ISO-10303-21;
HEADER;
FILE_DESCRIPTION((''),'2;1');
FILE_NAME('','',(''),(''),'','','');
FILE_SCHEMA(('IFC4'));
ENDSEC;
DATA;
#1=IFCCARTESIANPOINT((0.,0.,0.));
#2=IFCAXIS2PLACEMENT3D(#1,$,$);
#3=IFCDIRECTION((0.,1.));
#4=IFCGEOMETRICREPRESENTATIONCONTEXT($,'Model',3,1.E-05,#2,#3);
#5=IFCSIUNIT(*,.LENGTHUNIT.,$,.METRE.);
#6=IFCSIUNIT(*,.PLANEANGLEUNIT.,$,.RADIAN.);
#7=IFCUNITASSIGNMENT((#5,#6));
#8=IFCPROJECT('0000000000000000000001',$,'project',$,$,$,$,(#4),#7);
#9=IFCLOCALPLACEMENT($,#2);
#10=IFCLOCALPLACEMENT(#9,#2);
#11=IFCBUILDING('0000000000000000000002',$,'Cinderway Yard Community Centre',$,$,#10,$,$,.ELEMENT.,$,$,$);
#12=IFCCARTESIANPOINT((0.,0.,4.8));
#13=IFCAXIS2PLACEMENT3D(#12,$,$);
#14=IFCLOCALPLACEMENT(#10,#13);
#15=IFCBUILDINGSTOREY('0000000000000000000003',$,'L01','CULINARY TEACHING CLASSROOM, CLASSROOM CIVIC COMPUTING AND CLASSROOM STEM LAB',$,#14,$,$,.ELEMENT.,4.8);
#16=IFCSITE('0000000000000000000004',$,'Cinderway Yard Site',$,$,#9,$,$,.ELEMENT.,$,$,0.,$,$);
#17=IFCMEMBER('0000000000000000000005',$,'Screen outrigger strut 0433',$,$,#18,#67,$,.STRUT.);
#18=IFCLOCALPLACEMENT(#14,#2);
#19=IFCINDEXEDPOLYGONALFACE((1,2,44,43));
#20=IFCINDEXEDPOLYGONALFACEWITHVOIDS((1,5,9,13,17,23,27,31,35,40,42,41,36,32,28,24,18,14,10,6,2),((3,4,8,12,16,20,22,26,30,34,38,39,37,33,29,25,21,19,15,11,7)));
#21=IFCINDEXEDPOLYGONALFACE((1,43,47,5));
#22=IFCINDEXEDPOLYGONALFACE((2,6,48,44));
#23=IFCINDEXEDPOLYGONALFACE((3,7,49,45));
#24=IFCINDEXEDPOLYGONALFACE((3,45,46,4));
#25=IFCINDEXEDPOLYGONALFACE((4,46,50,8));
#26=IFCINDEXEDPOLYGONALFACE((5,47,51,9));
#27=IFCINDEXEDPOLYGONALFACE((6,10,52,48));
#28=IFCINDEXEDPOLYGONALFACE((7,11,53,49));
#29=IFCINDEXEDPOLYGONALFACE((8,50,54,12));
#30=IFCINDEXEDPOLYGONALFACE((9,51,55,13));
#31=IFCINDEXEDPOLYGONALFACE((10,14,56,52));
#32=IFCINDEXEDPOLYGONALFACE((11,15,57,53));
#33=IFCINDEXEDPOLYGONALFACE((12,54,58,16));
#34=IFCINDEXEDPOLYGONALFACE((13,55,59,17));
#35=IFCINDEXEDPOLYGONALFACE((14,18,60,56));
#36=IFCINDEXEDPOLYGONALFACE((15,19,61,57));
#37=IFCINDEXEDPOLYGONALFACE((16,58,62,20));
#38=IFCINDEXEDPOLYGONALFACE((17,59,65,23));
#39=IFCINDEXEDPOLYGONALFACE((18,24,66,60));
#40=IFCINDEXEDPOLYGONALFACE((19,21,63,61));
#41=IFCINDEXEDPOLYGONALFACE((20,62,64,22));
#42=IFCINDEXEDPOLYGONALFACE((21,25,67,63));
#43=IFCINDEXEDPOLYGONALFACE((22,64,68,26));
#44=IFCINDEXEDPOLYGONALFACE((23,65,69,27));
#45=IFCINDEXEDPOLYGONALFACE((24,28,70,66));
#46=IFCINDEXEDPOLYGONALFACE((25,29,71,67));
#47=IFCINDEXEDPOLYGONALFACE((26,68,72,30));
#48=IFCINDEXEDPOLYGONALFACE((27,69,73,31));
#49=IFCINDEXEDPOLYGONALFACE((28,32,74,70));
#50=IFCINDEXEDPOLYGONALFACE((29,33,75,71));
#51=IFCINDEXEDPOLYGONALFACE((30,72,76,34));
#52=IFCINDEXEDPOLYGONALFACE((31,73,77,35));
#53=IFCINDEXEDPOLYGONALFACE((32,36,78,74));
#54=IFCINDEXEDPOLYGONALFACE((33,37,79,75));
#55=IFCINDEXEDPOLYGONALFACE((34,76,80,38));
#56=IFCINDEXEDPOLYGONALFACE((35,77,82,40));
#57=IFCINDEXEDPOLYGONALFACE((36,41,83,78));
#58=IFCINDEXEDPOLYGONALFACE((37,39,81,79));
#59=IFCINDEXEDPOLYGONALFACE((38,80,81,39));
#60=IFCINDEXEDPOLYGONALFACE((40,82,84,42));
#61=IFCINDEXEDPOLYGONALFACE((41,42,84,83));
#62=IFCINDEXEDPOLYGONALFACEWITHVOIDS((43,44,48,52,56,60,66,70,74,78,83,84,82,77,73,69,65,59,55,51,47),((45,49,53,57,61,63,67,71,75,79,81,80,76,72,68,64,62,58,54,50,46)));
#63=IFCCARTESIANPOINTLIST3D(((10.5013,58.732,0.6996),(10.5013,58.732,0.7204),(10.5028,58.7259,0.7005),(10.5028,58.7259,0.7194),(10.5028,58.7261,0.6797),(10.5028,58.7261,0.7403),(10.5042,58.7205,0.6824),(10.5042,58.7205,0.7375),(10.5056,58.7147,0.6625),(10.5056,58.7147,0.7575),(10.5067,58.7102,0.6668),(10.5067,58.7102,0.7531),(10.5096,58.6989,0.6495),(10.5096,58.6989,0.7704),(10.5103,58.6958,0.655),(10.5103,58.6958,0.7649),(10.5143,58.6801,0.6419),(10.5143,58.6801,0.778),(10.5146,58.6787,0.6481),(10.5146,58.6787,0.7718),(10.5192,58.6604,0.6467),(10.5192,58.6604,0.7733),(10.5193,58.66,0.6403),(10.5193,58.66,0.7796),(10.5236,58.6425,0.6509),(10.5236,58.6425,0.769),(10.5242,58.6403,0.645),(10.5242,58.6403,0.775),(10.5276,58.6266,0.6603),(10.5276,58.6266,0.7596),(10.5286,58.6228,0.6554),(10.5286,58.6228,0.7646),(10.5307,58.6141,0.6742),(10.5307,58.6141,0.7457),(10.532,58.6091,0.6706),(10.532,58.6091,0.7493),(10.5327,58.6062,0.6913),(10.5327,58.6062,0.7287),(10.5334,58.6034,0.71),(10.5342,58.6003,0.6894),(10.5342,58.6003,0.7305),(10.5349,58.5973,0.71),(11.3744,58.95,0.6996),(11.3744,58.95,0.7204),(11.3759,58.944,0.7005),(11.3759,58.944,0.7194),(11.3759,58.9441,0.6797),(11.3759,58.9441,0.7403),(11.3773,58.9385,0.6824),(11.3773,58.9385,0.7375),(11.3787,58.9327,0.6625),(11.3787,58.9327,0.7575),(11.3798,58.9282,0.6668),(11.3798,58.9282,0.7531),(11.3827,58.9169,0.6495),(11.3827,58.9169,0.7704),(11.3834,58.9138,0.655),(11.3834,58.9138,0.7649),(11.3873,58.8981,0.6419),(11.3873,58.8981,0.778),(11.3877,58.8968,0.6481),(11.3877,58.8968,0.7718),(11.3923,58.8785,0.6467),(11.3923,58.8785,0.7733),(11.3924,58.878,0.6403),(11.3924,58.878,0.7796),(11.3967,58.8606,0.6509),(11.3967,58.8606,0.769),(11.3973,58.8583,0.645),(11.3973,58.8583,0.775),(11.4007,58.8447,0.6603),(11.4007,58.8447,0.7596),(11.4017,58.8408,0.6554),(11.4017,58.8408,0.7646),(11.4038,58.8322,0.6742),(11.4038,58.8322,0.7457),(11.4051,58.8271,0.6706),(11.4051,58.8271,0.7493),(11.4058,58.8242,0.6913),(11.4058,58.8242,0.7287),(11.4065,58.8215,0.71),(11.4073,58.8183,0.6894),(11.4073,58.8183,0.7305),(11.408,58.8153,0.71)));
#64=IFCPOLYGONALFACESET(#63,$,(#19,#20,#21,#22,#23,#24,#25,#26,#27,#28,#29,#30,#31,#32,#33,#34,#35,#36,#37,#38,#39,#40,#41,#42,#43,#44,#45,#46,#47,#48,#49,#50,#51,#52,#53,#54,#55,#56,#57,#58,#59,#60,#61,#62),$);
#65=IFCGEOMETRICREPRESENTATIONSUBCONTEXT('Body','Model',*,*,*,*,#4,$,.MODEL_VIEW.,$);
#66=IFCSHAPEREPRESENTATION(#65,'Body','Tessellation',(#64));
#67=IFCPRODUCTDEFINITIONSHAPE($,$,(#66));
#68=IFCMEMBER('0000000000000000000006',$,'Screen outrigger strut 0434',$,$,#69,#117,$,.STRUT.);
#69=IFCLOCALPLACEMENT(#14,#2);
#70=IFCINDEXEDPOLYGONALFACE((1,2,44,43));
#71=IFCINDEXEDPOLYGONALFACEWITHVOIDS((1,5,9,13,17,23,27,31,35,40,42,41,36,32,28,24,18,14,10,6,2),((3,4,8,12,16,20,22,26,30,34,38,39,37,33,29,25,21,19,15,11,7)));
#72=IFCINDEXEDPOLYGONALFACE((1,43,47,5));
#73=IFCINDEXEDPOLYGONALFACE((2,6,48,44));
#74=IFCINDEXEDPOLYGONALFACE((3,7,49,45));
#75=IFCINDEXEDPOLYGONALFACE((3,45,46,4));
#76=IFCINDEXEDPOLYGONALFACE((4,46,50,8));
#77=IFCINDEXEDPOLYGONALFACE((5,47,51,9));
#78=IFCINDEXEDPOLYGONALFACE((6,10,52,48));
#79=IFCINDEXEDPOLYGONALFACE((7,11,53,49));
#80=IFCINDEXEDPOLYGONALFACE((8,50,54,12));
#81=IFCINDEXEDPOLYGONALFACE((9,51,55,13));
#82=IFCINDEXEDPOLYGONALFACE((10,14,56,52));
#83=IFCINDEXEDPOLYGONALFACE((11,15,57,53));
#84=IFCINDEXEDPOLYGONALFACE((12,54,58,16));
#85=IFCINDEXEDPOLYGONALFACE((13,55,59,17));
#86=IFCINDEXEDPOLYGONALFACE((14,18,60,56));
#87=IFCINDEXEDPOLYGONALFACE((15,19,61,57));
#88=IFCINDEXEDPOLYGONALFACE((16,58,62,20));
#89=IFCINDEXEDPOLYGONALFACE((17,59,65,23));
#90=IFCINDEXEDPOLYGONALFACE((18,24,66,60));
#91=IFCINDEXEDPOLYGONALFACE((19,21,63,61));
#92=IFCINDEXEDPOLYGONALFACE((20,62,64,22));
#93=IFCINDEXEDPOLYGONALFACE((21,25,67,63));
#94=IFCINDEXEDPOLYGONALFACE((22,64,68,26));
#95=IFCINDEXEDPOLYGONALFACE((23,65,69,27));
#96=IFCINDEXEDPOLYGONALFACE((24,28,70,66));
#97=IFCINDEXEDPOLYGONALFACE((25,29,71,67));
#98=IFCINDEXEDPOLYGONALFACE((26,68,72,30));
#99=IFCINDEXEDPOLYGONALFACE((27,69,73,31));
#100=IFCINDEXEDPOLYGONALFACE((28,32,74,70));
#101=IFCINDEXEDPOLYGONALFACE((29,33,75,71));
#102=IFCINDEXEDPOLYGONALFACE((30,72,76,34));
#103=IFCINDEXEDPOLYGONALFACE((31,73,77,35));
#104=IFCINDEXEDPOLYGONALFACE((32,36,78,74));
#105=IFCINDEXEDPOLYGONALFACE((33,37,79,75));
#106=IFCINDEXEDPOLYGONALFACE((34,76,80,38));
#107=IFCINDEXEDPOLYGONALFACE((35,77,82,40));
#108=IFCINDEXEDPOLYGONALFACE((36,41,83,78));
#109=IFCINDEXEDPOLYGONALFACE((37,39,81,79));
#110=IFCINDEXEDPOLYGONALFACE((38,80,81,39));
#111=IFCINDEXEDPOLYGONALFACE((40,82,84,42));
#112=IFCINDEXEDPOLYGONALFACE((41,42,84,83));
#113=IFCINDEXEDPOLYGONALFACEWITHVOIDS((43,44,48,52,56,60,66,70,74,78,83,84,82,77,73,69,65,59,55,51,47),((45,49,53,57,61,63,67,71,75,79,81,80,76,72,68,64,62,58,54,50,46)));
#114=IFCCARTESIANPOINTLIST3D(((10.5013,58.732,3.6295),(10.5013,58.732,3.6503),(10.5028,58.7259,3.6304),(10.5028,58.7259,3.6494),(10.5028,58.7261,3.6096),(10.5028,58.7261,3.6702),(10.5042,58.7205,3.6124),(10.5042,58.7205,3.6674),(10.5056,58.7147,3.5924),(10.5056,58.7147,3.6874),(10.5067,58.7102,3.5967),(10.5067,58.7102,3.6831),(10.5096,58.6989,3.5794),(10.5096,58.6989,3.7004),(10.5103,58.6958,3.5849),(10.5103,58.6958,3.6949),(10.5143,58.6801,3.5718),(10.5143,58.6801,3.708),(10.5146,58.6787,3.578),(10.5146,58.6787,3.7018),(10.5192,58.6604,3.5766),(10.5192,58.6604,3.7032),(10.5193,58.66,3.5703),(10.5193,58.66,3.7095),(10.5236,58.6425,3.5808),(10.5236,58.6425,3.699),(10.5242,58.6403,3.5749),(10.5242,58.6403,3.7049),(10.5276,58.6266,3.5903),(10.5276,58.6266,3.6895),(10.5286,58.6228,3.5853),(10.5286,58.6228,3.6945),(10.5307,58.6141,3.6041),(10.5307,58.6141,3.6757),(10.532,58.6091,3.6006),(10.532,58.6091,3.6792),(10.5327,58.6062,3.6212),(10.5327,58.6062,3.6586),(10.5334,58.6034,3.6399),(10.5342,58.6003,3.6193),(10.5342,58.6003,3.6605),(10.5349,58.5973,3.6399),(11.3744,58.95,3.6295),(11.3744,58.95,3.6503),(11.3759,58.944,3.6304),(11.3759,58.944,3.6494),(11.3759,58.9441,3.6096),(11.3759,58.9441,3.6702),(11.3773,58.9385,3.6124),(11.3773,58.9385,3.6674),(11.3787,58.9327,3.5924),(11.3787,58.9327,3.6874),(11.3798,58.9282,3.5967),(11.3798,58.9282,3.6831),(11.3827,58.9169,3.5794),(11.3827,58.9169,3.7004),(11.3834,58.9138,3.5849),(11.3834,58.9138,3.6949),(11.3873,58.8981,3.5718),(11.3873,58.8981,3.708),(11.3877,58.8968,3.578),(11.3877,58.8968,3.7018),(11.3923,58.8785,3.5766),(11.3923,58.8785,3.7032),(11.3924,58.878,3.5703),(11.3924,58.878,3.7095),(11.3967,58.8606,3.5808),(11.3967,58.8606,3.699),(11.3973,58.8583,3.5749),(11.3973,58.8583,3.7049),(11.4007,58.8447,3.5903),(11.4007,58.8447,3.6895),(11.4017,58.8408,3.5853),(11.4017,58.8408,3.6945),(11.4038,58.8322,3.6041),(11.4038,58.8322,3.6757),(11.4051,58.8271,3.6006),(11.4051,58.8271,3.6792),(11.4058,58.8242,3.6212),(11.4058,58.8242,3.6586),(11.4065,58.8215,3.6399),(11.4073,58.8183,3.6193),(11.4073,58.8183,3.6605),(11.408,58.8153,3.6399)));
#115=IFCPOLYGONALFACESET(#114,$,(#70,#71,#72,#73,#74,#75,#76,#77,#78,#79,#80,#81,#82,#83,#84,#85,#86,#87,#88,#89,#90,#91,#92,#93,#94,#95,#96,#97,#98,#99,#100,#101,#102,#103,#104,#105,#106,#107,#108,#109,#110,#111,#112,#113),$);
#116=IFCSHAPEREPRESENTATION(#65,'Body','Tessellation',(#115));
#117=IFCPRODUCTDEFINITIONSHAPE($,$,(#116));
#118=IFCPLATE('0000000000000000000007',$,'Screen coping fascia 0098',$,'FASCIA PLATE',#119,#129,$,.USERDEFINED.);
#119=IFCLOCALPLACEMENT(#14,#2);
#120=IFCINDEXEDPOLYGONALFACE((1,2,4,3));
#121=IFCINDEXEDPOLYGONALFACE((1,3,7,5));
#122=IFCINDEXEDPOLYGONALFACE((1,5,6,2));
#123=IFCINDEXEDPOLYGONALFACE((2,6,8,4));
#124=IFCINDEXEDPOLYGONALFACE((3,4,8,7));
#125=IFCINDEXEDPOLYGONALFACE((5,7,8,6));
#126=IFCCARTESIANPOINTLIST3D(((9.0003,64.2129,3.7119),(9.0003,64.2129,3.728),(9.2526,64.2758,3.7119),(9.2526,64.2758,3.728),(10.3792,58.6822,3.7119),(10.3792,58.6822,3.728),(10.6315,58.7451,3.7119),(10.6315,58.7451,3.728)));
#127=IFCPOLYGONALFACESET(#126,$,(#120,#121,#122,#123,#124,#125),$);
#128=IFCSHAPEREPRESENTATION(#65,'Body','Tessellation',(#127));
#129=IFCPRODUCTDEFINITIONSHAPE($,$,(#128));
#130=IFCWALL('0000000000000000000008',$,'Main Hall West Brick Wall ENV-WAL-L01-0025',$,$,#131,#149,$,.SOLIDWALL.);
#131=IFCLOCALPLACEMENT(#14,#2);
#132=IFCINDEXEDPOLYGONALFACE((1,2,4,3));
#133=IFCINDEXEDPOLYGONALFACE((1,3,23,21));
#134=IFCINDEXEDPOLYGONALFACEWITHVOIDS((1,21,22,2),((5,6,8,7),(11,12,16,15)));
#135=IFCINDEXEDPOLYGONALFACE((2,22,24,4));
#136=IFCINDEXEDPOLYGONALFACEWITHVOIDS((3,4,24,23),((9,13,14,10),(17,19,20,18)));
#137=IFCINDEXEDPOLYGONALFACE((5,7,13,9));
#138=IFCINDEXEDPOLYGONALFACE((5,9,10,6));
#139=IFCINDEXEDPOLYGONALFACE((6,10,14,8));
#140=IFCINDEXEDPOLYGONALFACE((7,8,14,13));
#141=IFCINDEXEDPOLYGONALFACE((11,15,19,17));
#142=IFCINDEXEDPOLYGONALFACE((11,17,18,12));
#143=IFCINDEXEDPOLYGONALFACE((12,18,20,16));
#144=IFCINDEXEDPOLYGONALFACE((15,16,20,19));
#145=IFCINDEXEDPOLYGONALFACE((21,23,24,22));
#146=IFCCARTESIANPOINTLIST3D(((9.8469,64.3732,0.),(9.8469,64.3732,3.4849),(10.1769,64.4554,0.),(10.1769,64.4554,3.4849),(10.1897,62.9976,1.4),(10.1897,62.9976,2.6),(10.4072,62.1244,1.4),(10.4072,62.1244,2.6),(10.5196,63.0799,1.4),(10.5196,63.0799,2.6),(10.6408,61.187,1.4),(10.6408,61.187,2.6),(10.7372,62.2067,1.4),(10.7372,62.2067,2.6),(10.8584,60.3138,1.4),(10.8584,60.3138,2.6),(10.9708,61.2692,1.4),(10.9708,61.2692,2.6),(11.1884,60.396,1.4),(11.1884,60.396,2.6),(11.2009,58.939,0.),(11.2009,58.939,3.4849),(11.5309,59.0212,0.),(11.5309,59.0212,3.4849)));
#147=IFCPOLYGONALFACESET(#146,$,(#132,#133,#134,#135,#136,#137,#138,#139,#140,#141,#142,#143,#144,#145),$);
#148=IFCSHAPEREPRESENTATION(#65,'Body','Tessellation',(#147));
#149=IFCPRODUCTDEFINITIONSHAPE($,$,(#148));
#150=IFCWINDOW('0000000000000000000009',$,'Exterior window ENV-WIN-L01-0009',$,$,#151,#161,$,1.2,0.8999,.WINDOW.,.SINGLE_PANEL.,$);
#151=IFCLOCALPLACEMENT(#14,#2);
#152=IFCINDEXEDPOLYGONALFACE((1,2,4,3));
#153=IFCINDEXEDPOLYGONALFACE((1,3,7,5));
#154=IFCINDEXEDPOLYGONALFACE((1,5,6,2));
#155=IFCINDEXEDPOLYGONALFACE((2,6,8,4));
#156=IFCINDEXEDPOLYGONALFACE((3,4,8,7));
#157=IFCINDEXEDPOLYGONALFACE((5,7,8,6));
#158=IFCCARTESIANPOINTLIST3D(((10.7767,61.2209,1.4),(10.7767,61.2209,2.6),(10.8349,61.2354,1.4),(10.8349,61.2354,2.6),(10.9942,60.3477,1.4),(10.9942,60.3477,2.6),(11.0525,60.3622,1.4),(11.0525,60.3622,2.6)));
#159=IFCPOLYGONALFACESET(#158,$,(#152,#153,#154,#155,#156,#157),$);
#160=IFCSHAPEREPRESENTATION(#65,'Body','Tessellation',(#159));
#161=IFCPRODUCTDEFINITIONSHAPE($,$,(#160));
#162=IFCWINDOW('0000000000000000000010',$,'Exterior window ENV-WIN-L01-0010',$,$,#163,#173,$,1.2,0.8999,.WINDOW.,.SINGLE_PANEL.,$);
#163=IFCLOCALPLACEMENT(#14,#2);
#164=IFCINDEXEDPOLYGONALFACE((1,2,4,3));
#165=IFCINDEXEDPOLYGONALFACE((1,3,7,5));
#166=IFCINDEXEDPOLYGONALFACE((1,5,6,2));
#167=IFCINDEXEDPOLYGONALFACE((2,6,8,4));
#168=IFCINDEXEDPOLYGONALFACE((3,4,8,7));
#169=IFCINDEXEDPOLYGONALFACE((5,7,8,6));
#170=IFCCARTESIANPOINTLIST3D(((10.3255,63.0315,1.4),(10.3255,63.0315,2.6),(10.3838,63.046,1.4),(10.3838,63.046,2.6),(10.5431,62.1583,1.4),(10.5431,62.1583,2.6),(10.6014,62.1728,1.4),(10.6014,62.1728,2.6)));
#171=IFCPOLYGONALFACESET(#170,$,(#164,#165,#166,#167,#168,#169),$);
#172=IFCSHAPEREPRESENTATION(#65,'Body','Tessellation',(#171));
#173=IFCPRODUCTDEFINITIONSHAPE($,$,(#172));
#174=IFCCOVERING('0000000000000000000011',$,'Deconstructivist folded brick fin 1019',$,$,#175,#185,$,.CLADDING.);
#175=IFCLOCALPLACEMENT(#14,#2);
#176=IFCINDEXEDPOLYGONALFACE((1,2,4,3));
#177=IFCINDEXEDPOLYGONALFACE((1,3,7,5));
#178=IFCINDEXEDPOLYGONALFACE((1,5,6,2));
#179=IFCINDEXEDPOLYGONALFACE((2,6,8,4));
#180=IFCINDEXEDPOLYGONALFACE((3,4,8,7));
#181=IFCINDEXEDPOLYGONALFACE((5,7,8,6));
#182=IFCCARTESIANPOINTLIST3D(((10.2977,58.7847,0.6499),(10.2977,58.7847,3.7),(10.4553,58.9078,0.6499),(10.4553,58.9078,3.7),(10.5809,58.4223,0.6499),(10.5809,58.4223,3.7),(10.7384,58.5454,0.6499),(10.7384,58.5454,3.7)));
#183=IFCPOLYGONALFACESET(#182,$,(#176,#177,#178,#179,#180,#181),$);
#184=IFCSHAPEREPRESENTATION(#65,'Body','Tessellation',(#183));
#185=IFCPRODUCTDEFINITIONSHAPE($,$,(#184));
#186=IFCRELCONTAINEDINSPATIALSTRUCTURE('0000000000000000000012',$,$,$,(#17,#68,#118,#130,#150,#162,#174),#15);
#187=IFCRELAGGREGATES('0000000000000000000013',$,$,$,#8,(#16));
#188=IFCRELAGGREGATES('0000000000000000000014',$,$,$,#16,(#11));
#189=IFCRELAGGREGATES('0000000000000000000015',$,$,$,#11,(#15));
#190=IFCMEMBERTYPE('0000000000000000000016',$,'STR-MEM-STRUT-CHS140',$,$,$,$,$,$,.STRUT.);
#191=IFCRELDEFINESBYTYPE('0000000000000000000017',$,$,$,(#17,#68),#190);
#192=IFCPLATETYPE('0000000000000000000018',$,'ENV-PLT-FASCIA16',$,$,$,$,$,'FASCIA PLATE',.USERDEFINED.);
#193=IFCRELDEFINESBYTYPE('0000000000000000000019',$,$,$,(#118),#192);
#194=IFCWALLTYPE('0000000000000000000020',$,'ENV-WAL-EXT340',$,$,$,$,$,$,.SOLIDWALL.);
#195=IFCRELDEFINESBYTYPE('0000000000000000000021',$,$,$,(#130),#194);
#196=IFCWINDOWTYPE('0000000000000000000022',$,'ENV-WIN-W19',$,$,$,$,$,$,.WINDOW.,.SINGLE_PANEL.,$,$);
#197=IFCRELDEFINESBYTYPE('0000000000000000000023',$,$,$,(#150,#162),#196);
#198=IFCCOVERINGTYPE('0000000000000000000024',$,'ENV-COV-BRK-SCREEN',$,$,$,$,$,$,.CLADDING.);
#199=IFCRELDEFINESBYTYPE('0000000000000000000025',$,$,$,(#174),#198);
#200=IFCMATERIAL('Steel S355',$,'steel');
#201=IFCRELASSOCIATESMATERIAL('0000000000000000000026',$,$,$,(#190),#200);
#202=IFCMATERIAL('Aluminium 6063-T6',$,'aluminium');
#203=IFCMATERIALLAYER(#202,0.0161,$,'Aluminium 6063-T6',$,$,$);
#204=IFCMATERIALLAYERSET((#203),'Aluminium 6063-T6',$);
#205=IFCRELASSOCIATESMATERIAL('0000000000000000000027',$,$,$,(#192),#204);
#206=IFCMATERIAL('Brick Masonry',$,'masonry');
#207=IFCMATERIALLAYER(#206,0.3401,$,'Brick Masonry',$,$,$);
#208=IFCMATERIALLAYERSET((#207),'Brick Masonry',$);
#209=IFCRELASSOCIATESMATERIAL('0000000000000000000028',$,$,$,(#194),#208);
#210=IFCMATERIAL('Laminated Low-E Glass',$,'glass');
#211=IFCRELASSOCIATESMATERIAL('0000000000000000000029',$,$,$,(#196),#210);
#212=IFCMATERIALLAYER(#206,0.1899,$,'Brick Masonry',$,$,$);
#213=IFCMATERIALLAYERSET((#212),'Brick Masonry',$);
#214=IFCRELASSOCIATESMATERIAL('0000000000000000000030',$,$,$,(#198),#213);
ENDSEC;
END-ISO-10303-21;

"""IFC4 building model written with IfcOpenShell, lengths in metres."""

from ifc_helpers import new_model, si_unit, direction, frame, frame_2d, origin, origin_2d, place, context, subcontext, project, spatial, rectangle, hollow_circle, extrude, material, layer, layer_set, material_profile, profile_set, type_object, element, fill, save


model = new_model("IFC4")

# Units and contexts
model_context = context("Model", 3, precision=1e-05, world=origin(), true_north=direction((0.0, 1.0)))
body_context = subcontext(model_context, "Body", "Model", "MODEL_VIEW")
ifc_project = project(units=[si_unit("LENGTHUNIT", "METRE"), si_unit("PLANEANGLEUNIT", "RADIAN")], contexts=[model_context])

# Site, building, storey
site_placement = place(None, origin())
site = spatial("IfcSite", under=ifc_project, at=site_placement, Name="Cinderway Yard Site", CompositionType="ELEMENT", RefElevation=0.0)
building_placement = place(site_placement, origin())
building = spatial("IfcBuilding", under=site, at=building_placement, Name="Cinderway Yard Community Centre", CompositionType="ELEMENT")
storey_placement = place(building_placement, frame((0.0, 0.0, 4.8)))
storey = spatial("IfcBuildingStorey", under=building, at=storey_placement, Name="L01", Description="CULINARY TEACHING CLASSROOM, CLASSROOM CIVIC COMPUTING AND CLASSROOM STEM LAB", CompositionType="ELEMENT", Elevation=4.8)

# Shared definitions
ifc_material_1 = material(Name="Steel S355", Category="steel")

# Members
ifc_material_profile_1 = material_profile(ifc_material_1, hollow_circle(Radius=0.0698, WallThickness=0.0063, at=origin_2d()), Name="Steel S355")
ifc_profile_set_1 = profile_set([ifc_material_profile_1], Name="Steel S355")
member_type_1 = type_object("IfcMemberType", Name="STR-MEM-STRUT-CHS140", PredefinedType="STRUT", material=ifc_profile_set_1)
for number, where, z_axis, x_axis, name in (
    (1, (11.3911, 58.8831, 0.71), (-0.970206, -0.24228, 0.0), (0.24228, -0.970206, 0.0), "Screen outrigger strut 0433"),
    (2, (11.3911, 58.8831, 3.6399), (-0.970206, -0.24228, 0.0), (0.24228, -0.970206, 0.0), "Screen outrigger strut 0434"),
):
    element("IfcMember", number, at=place(storey_placement, frame(where, z_axis=z_axis, x_axis=x_axis)), inside=storey, type_object=member_type_1, Name=name, PredefinedType="STRUT", context=body_context, shape_type="SweptSolid", body=[
        extrude(hollow_circle(Radius=0.0698, WallThickness=0.0063, at=origin_2d()), origin(), (0.0, 0.0, 1.0), 0.8999),
    ])

# Plate
ifc_material_2 = material(Name="Aluminium 6063-T6", Category="aluminium")
ifc_layer_1 = layer(ifc_material_2, 0.0161, Name="Aluminium 6063-T6")
ifc_layer_set_1 = layer_set([ifc_layer_1], Name="Aluminium 6063-T6")
plate_type = type_object("IfcPlateType", Name="ENV-PLT-FASCIA16", ElementType="FASCIA PLATE", PredefinedType="USERDEFINED", material=ifc_layer_set_1)
plate_placement = place(storey_placement, frame((9.8159, 61.479, 3.7119), z_axis=(0.0, 0.0, 1.0), x_axis=(-0.241922, 0.970296, 0.0)))
element("IfcPlate", 3, at=plate_placement, inside=storey, type_object=plate_type, Name="Screen coping fascia 0098", ObjectType="FASCIA PLATE", PredefinedType="USERDEFINED", context=body_context, shape_type="SweptSolid", body=[
    extrude(rectangle(XDim=5.7, YDim=0.26, at=origin_2d()), origin(), (0.0, 0.0, 1.0), 0.0161),
])

# Wall, openings, windows
ifc_material_3 = material(Name="Brick Masonry", Category="masonry")
ifc_layer_2 = layer(ifc_material_3, 0.3401, Name="Brick Masonry")
ifc_layer_set_2 = layer_set([ifc_layer_2], Name="Brick Masonry")
wall_type = type_object("IfcWallType", Name="ENV-WAL-EXT340", PredefinedType="SOLIDWALL", material=ifc_layer_set_2)
wall_placement = place(storey_placement, frame((11.366, 58.98, 0.0), z_axis=(0.0, 0.0, 1.0), x_axis=(-0.241776, 0.970332, 0.0)))
wall = element("IfcWall", 4, at=wall_placement, inside=storey, type_object=wall_type, Name="Main Hall West Brick Wall ENV-WAL-L01-0025", PredefinedType="SOLIDWALL", context=body_context, shape_type="SweptSolid", body=[
    extrude(rectangle(XDim=5.6003, YDim=0.3401, at=frame_2d((2.8003, 0.0))), origin(), (0.0, 0.0, 1.0), 3.4849),
])
opening_1_placement = place(wall_placement, frame((1.417, 0.0, 1.3999)))
opening_1 = element("IfcOpeningElement", 5, at=opening_1_placement, cuts=wall, PredefinedType="OPENING", context=body_context, shape_type="SweptSolid", body=[
    extrude(rectangle(XDim=0.8999, YDim=1.2, at=frame_2d((0.45, 0.6001))), frame((0.0, 0.1799, 0.0), z_axis=(0.0, -1.0, 0.0), x_axis=(1.0, 0.0, 0.0)), (0.0, 0.0, 1.0), 0.3601),
])
opening_2_placement = place(wall_placement, frame((3.283, 0.0, 1.3999)))
opening_2 = element("IfcOpeningElement", 6, at=opening_2_placement, cuts=wall, PredefinedType="OPENING", context=body_context, shape_type="SweptSolid", body=[
    extrude(rectangle(XDim=0.8999, YDim=1.2, at=frame_2d((0.45, 0.6001))), frame((0.0, 0.1799, 0.0), z_axis=(0.0, -1.0, 0.0), x_axis=(1.0, 0.0, 0.0)), (0.0, 0.0, 1.0), 0.3601),
])
ifc_material_4 = material(Name="Laminated Low-E Glass", Category="glass")
window_type = type_object("IfcWindowType", Name="ENV-WIN-W19", PartitioningType="SINGLE_PANEL", PredefinedType="WINDOW", material=ifc_material_4)
window_1_placement = place(opening_1_placement, origin())
window_1 = element("IfcWindow", 7, at=window_1_placement, inside=storey, type_object=window_type, Name="Exterior window ENV-WIN-L01-0009", OverallHeight=1.2, OverallWidth=0.8999, PartitioningType="SINGLE_PANEL", PredefinedType="WINDOW", context=body_context, shape_type="SweptSolid", body=[
    extrude(rectangle(XDim=0.8999, YDim=1.2, at=frame_2d((0.45, 0.6001))), frame((0.0, 0.03, 0.0), z_axis=(0.0, -1.0, 0.0), x_axis=(1.0, 0.0, 0.0)), (0.0, 0.0, 1.0), 0.0601),
])
fill(opening_1, window_1)
window_2_placement = place(opening_2_placement, origin())
window_2 = element("IfcWindow", 8, at=window_2_placement, inside=storey, type_object=window_type, Name="Exterior window ENV-WIN-L01-0010", OverallHeight=1.2, OverallWidth=0.8999, PartitioningType="SINGLE_PANEL", PredefinedType="WINDOW", context=body_context, shape_type="SweptSolid", body=[
    extrude(rectangle(XDim=0.8999, YDim=1.2, at=frame_2d((0.45, 0.6001))), frame((0.0, 0.03, 0.0), z_axis=(0.0, -1.0, 0.0), x_axis=(1.0, 0.0, 0.0)), (0.0, 0.0, 1.0), 0.0601),
])
fill(opening_2, window_2)

# Covering
ifc_layer_3 = layer(ifc_material_3, 0.1899, Name="Brick Masonry")
ifc_layer_set_3 = layer_set([ifc_layer_3], Name="Brick Masonry")
covering_type = type_object("IfcCoveringType", Name="ENV-COV-BRK-SCREEN", PredefinedType="CLADDING", material=ifc_layer_set_3)
for number, where, z_axis, x_axis, name in (
    (9, (10.5181, 58.665, 0.6499), (0.0, 0.0, 1.0), (-0.615661, 0.788011, 0.0), "Deconstructivist folded brick fin 1019"),
):
    element("IfcCovering", number, at=place(storey_placement, frame(where, z_axis=z_axis, x_axis=x_axis)), inside=storey, type_object=covering_type, Name=name, PredefinedType="CLADDING", context=body_context, shape_type="SweptSolid", body=[
        extrude(rectangle(XDim=0.46, YDim=0.2, at=origin_2d()), origin(), (0.0, 0.0, 1.0), 3.05),
    ])

save(model, "model.ifc")
